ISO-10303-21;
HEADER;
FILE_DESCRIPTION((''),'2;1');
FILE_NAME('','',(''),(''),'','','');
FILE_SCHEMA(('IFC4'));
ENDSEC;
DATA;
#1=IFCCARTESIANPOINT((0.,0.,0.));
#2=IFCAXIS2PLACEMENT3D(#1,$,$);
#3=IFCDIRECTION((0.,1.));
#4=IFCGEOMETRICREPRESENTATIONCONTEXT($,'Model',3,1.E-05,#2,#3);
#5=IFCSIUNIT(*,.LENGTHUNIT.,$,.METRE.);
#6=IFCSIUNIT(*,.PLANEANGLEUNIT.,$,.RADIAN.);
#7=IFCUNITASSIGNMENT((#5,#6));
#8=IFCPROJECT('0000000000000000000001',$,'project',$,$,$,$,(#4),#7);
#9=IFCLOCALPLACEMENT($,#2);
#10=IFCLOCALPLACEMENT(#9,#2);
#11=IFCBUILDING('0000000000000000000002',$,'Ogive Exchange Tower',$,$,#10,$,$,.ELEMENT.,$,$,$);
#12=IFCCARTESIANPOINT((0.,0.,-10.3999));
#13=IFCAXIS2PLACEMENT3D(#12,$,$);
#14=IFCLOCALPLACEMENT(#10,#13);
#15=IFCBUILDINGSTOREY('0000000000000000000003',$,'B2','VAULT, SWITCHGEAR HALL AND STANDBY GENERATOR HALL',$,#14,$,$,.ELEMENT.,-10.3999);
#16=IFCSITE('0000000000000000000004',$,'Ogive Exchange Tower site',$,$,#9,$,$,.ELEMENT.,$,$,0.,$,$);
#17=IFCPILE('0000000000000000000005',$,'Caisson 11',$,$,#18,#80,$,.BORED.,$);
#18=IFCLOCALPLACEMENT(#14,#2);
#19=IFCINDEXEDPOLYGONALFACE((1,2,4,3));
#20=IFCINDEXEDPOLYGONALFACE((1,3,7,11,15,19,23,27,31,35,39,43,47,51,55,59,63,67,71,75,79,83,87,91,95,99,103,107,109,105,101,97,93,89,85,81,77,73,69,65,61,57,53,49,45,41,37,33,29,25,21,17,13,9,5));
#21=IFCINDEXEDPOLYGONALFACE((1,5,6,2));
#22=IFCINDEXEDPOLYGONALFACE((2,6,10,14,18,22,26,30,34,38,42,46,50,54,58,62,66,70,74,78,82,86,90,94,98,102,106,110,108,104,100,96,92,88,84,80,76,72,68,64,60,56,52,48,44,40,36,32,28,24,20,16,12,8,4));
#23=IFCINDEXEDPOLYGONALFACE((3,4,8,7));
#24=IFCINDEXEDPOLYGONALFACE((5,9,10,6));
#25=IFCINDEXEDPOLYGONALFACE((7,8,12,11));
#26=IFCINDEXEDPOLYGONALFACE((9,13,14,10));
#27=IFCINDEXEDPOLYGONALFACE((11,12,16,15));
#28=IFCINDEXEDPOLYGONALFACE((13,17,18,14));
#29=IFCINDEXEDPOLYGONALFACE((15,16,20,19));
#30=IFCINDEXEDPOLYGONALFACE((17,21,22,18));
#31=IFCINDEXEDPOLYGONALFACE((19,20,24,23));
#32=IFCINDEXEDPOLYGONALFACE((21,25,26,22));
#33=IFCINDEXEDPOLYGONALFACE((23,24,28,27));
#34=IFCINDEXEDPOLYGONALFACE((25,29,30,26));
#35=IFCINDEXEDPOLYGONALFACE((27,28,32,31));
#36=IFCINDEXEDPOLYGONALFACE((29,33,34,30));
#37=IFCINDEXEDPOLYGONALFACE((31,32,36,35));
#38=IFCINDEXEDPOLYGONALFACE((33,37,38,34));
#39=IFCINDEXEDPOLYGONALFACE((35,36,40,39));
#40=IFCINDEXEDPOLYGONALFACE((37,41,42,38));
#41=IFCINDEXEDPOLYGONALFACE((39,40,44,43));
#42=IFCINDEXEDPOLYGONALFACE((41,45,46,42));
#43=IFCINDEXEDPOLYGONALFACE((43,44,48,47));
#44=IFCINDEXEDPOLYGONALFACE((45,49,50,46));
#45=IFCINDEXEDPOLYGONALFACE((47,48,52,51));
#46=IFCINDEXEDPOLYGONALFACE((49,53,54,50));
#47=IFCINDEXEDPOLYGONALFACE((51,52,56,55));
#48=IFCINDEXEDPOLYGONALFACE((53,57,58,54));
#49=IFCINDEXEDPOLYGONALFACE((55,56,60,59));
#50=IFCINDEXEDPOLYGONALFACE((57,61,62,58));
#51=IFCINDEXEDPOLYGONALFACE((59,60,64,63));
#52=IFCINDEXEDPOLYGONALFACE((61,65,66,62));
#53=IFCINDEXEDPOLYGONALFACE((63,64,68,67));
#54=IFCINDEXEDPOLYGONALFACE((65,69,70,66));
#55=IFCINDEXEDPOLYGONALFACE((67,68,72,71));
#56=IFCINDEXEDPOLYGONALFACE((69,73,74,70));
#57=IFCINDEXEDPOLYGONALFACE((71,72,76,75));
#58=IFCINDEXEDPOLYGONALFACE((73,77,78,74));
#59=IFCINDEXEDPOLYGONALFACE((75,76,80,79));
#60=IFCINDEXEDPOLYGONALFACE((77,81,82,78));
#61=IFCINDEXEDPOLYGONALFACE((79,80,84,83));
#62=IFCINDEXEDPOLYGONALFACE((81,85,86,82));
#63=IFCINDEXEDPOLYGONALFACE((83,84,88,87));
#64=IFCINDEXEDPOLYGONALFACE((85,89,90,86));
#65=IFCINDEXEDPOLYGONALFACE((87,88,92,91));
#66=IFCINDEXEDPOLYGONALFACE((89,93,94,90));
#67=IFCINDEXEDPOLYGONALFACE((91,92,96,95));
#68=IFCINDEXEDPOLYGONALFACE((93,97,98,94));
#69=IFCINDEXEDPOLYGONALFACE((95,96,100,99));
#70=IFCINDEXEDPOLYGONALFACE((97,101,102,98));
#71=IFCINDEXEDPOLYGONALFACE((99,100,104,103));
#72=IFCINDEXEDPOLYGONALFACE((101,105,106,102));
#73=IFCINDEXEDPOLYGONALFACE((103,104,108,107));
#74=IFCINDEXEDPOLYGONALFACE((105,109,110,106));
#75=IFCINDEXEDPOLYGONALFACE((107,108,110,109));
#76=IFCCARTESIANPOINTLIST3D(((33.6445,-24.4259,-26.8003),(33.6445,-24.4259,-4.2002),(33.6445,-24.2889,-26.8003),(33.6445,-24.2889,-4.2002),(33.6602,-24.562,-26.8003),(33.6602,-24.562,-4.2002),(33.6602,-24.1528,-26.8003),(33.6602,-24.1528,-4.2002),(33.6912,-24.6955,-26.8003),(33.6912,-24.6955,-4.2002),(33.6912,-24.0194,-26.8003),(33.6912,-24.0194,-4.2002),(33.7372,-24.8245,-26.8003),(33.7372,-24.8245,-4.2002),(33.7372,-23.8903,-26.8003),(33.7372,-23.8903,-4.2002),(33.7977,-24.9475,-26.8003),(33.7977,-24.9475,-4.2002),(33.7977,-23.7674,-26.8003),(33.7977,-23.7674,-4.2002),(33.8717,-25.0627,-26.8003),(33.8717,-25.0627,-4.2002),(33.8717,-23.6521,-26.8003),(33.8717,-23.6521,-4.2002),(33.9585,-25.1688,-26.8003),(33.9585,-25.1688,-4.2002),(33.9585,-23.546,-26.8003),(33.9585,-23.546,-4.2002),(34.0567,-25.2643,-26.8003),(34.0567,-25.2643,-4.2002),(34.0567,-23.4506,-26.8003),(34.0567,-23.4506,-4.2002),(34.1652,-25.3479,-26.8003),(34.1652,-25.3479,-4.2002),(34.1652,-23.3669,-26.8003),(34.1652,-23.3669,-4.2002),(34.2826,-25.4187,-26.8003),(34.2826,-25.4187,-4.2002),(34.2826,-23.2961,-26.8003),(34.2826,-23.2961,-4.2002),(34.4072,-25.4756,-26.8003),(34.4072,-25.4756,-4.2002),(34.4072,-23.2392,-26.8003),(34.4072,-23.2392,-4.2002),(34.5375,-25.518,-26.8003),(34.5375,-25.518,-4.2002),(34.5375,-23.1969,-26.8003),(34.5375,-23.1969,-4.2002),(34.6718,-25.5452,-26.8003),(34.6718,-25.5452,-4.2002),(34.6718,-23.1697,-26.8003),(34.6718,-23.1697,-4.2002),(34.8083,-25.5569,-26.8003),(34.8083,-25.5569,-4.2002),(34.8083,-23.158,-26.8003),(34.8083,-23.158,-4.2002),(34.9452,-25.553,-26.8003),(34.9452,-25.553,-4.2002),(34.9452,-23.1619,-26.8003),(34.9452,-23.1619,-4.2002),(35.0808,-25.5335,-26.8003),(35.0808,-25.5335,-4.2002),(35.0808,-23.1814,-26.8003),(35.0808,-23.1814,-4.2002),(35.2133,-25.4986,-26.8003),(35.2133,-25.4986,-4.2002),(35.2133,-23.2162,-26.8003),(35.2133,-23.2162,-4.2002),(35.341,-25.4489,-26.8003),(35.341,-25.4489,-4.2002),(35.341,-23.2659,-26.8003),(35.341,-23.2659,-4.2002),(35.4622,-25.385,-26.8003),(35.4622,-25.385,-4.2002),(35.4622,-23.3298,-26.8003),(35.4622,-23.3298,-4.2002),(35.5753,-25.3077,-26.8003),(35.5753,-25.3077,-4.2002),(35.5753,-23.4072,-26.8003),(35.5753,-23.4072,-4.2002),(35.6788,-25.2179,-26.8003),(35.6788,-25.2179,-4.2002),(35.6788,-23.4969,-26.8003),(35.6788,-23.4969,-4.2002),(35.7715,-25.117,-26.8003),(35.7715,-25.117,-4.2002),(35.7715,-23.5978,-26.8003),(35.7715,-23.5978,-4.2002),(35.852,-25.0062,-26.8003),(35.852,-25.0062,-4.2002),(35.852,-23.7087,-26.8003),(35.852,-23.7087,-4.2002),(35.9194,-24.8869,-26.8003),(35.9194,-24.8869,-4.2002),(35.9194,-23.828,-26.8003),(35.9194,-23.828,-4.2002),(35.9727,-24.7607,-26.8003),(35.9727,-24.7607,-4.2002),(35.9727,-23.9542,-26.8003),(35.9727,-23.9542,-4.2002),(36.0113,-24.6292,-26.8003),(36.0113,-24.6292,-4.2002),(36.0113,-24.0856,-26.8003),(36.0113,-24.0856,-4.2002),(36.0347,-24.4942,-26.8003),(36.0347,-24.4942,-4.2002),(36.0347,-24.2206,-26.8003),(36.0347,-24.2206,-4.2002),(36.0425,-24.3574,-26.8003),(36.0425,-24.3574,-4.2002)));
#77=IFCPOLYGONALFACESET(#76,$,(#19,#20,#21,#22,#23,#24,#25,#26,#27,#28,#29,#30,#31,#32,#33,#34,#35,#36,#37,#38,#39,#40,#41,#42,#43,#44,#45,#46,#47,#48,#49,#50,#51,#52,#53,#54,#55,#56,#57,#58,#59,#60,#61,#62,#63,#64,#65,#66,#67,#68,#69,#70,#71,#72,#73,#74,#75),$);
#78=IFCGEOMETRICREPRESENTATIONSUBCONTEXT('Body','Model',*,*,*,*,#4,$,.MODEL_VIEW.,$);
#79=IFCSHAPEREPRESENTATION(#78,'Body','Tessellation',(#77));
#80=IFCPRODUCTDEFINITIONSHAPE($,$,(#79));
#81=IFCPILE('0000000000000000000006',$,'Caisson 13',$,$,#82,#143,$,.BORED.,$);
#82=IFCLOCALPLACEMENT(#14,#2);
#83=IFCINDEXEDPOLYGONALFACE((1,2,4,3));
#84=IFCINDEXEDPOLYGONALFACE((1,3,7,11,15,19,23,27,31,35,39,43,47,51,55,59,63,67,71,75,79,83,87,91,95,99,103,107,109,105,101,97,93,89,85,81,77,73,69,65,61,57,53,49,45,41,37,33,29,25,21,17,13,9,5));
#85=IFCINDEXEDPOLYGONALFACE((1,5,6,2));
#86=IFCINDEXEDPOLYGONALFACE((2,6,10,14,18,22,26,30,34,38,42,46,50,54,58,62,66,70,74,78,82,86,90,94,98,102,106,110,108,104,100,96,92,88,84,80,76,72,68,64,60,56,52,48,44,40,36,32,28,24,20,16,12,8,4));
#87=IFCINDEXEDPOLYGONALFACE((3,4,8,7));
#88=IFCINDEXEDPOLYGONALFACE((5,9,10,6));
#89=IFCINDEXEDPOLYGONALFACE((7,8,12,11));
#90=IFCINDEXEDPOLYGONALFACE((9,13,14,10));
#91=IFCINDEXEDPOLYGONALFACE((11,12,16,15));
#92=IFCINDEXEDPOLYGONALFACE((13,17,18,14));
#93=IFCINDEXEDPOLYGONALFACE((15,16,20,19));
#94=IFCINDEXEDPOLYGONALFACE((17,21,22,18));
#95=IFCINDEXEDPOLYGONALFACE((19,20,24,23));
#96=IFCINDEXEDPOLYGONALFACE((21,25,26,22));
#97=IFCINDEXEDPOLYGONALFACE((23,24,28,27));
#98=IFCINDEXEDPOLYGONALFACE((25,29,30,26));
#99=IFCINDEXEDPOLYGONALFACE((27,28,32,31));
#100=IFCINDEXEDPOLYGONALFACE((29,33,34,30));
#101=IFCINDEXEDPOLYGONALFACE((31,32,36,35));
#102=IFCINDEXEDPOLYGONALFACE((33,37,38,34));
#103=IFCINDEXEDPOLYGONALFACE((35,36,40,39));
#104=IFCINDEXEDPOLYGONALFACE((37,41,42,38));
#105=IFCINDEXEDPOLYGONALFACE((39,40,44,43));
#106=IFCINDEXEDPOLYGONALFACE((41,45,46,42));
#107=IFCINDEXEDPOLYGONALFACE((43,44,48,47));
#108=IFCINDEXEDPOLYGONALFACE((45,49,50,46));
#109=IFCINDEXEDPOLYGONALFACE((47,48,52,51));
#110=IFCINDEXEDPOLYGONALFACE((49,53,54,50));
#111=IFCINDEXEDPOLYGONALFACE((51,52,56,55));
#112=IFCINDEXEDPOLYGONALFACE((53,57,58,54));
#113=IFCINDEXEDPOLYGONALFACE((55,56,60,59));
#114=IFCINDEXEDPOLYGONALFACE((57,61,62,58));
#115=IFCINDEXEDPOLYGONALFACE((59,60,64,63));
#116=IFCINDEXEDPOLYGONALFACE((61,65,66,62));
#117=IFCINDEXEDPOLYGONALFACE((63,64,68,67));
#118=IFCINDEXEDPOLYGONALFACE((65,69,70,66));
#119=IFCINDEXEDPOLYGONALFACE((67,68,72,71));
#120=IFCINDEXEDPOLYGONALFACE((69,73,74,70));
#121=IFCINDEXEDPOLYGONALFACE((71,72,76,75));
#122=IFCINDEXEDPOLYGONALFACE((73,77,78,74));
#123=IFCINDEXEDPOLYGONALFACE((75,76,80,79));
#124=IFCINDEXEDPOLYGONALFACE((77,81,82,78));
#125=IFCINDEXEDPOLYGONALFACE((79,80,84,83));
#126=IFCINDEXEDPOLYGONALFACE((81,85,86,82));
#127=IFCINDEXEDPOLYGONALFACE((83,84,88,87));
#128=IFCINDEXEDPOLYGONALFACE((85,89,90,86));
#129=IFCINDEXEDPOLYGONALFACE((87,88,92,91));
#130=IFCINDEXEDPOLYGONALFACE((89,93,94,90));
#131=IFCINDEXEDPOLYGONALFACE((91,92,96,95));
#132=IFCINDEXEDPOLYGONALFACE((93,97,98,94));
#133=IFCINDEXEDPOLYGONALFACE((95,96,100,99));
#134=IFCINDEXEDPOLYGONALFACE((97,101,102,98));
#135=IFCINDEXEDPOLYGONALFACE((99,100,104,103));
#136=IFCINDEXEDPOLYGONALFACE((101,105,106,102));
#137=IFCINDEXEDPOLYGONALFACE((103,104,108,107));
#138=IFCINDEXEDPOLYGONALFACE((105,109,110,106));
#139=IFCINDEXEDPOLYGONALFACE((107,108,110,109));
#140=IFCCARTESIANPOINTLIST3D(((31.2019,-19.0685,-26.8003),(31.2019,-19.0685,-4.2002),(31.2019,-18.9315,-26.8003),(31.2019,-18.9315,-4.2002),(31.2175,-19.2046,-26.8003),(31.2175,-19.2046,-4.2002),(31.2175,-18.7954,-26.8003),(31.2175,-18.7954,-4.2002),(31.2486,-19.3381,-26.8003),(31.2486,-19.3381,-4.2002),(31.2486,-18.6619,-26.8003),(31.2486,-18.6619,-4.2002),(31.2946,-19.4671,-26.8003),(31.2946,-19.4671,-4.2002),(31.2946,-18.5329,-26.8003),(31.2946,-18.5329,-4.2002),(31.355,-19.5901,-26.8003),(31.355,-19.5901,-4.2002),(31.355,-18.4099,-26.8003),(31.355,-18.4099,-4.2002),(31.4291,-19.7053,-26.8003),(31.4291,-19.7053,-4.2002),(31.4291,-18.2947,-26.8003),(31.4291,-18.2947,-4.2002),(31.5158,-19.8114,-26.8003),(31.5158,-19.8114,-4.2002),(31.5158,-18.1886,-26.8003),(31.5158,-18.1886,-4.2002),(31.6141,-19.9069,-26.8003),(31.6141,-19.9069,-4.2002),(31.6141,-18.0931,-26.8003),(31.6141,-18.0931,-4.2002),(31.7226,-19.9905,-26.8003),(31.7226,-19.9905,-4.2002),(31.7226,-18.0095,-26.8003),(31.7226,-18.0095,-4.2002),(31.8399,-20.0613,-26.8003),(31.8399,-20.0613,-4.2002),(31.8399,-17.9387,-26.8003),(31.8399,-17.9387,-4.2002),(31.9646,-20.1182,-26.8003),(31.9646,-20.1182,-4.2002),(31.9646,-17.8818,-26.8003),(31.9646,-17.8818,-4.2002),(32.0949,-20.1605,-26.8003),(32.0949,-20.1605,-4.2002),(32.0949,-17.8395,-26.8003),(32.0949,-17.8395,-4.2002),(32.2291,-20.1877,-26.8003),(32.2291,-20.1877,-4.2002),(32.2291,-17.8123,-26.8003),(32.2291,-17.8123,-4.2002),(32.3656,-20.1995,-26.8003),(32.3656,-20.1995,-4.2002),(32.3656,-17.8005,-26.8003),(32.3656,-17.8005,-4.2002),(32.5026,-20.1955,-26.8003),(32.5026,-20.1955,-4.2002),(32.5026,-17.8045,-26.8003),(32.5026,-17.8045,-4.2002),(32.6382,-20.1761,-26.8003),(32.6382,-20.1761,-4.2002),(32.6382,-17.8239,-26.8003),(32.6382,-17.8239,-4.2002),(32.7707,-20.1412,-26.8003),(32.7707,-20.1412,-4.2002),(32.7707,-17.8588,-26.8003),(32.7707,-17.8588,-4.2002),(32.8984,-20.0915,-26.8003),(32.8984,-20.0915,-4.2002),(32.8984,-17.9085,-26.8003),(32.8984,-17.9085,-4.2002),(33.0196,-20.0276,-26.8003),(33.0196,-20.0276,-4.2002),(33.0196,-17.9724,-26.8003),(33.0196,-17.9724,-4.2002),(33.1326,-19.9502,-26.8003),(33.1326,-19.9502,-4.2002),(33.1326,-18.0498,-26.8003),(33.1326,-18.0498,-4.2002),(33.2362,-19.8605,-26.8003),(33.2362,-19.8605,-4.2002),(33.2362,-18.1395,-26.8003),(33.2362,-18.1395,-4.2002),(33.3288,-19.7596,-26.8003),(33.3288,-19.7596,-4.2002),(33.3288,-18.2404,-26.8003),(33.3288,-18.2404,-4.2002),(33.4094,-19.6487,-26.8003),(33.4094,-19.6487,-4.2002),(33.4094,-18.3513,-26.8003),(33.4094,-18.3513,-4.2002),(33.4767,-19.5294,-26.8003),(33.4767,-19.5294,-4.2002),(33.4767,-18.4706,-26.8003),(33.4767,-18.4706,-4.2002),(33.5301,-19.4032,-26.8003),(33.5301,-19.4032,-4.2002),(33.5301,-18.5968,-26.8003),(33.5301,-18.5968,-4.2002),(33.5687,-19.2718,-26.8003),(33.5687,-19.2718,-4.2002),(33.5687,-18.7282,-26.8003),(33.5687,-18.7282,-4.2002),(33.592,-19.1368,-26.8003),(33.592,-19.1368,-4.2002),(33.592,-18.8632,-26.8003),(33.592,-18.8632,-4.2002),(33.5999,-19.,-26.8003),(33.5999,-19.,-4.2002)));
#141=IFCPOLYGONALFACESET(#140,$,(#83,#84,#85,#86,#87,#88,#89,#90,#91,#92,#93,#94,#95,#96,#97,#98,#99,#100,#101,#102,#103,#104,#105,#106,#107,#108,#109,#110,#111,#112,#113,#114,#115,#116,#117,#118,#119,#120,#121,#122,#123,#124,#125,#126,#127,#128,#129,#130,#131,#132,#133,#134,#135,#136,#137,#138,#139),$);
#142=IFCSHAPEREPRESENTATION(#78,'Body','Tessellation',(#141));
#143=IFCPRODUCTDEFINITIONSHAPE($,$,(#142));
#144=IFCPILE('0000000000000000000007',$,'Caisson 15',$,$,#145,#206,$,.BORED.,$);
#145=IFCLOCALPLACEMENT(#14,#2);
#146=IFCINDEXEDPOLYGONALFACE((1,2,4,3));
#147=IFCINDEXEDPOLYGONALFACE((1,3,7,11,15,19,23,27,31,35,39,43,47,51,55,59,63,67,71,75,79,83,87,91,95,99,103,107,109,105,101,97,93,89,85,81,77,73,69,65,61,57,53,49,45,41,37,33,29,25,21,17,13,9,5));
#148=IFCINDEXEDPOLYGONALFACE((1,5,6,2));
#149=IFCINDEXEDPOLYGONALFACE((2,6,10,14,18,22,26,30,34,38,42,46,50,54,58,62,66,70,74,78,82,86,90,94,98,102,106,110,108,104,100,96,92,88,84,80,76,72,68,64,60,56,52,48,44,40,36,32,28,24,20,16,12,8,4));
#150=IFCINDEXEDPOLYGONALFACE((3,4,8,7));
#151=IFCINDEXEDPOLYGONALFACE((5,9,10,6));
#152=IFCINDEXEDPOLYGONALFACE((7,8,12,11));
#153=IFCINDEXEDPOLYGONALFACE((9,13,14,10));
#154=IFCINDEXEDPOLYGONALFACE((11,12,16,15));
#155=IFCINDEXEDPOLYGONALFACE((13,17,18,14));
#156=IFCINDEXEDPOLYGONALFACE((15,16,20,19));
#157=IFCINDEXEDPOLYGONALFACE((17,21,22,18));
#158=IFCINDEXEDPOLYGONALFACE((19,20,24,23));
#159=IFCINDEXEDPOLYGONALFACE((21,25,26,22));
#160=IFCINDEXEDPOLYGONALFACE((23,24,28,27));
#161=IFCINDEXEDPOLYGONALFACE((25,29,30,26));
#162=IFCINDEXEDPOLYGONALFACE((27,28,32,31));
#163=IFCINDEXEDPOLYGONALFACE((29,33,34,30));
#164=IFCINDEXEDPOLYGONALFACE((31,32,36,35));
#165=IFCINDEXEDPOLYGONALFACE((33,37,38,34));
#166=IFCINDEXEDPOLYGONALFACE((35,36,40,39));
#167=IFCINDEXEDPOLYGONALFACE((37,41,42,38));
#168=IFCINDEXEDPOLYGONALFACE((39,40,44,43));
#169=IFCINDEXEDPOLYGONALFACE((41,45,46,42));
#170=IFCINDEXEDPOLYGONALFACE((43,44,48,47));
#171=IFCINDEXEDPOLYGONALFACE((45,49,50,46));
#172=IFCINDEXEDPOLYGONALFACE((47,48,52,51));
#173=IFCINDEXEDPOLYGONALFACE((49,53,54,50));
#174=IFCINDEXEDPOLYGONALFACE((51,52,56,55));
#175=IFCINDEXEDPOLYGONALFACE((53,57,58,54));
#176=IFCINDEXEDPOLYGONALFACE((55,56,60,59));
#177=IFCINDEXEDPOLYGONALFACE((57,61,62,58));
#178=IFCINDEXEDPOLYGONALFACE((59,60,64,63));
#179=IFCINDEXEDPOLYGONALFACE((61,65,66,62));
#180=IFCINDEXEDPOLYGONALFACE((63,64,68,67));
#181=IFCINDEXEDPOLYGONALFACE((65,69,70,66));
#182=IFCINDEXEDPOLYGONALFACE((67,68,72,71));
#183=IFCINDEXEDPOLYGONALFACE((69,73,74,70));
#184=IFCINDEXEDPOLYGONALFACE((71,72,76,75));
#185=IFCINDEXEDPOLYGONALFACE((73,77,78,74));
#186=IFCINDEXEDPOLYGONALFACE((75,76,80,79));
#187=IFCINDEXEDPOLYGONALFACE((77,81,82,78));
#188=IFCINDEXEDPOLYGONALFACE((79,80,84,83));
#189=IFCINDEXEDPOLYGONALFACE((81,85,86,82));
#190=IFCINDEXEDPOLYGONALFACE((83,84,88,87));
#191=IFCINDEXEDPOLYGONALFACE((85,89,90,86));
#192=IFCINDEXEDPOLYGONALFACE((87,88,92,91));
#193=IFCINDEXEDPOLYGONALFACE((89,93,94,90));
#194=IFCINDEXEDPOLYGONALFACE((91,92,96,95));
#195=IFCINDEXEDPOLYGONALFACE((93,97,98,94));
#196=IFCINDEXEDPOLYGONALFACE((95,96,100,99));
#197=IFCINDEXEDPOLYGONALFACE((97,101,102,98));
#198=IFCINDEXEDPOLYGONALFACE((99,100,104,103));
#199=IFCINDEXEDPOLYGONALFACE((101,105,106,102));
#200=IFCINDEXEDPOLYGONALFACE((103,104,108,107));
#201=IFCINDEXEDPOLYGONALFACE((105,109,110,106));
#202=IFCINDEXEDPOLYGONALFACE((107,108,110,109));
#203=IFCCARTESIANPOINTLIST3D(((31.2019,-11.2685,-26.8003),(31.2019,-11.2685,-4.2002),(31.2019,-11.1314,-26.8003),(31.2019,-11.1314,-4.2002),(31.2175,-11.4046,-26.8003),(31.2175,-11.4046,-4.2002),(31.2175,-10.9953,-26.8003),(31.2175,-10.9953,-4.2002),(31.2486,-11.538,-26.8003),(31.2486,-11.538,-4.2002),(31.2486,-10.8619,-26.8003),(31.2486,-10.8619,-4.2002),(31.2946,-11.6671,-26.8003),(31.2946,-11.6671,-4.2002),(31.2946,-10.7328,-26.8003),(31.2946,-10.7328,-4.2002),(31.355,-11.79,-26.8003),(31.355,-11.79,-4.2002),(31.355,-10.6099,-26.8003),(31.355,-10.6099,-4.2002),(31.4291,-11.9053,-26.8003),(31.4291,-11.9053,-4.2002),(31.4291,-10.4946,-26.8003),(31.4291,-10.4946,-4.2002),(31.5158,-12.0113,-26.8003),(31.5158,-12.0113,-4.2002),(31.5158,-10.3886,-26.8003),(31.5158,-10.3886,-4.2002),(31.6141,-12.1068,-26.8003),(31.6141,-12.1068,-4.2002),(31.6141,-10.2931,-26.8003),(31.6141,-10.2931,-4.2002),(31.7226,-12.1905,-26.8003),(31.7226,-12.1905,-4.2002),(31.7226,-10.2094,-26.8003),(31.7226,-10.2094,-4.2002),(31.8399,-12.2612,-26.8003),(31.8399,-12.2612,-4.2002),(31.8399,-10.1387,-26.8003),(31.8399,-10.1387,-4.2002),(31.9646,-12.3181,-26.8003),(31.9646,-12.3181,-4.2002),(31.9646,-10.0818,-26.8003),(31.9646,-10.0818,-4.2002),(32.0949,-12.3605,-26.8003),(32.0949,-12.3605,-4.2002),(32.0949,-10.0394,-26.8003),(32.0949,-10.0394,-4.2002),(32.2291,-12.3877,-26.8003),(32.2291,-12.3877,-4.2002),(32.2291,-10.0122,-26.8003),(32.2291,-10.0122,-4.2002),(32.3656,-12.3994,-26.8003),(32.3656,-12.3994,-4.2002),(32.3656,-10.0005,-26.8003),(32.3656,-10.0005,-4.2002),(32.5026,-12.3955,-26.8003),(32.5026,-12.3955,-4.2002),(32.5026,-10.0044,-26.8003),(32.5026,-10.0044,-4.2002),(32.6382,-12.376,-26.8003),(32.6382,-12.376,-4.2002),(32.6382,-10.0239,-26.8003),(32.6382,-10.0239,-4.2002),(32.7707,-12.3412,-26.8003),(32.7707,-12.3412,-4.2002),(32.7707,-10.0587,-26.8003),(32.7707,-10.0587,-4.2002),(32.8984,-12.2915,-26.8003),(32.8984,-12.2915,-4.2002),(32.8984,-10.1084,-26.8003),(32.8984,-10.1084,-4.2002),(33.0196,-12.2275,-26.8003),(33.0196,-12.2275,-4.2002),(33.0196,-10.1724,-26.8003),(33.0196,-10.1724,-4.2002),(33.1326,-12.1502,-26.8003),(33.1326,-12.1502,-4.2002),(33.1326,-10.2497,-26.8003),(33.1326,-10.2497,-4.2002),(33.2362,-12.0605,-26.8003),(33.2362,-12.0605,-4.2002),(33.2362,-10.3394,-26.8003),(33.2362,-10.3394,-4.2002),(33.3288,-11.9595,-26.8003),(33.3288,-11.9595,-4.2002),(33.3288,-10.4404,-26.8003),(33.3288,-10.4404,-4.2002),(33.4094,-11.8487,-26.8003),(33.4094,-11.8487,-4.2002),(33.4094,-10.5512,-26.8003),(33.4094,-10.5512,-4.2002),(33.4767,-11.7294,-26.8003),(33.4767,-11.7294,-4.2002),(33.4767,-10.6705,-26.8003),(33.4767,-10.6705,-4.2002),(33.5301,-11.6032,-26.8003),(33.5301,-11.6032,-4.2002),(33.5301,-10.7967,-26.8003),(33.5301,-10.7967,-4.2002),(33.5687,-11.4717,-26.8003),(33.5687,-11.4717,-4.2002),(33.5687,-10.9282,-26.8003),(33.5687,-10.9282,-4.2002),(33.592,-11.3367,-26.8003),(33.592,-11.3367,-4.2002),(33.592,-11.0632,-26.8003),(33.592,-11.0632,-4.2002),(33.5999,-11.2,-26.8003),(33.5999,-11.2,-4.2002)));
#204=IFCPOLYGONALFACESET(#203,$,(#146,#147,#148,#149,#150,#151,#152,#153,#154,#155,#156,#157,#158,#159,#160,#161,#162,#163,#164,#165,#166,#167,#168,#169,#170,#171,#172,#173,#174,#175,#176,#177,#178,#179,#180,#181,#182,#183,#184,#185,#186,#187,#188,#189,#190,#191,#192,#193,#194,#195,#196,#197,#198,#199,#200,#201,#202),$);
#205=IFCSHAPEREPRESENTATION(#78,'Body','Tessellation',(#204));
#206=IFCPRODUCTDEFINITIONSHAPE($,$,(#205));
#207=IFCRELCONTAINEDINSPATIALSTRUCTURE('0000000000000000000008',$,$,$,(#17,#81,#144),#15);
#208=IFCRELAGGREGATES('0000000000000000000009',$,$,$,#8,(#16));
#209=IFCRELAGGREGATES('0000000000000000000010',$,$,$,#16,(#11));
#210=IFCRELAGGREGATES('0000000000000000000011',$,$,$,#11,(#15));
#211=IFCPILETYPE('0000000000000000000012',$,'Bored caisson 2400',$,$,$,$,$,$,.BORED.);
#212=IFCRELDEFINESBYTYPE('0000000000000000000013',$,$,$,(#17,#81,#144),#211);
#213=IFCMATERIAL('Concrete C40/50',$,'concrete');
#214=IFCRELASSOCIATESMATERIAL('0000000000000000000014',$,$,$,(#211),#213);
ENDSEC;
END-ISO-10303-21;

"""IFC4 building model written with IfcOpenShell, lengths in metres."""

from ifc_helpers import new_model, si_unit, direction, frame, origin, origin_2d, place, context, subcontext, project, spatial, circle, extrude, material, material_profile, profile_set, type_object, element, save


model = new_model("IFC4")

# Units and contexts
model_context = context("Model", 3, precision=1e-05, world=origin(), true_north=direction((0.0, 1.0)))
body_context = subcontext(model_context, "Body", "Model", "MODEL_VIEW")
ifc_project = project(units=[si_unit("LENGTHUNIT", "METRE"), si_unit("PLANEANGLEUNIT", "RADIAN")], contexts=[model_context])

# Site, building, storey
site_placement = place(None, origin())
site = spatial("IfcSite", under=ifc_project, at=site_placement, Name="Ogive Exchange Tower site", CompositionType="ELEMENT", RefElevation=0.0)
building_placement = place(site_placement, origin())
building = spatial("IfcBuilding", under=site, at=building_placement, Name="Ogive Exchange Tower", CompositionType="ELEMENT")
storey_placement = place(building_placement, frame((0.0, 0.0, -10.3999)))
storey = spatial("IfcBuildingStorey", under=building, at=storey_placement, Name="B2", Description="VAULT, SWITCHGEAR HALL AND STANDBY GENERATOR HALL", CompositionType="ELEMENT", Elevation=-10.3999)

# Piles
ifc_material_1 = material(Name="Concrete C40/50", Category="concrete")
ifc_material_profile_1 = material_profile(ifc_material_1, circle(Radius=1.2, at=origin_2d()), Name="RC caisson 2400")
ifc_profile_set_1 = profile_set([ifc_material_profile_1], Name="Concrete C40/50")
pile_type = type_object("IfcPileType", Name="Bored caisson 2400", PredefinedType="BORED", material=ifc_profile_set_1)
for number, where, z_axis, x_axis, name in (
    (1, (34.8425, -24.3574, -4.2002), (0.0, 0.0, -1.0), (1.0, 0.0, 0.0), "Caisson 11"),
    (2, (32.3999, -19.0, -4.2002), (0.0, 0.0, -1.0), (1.0, 0.0, 0.0), "Caisson 13"),
    (3, (32.3999, -11.2, -4.2002), (0.0, 0.0, -1.0), (1.0, 0.0, 0.0), "Caisson 15"),
):
    element("IfcPile", number, at=place(storey_placement, frame(where, z_axis=z_axis, x_axis=x_axis)), inside=storey, type_object=pile_type, Name=name, PredefinedType="BORED", context=body_context, shape_type="SweptSolid", body=[
        extrude(circle(Radius=1.2, at=origin_2d()), origin(), (0.0, 0.0, 1.0), 22.6001),
    ])

save(model, "model.ifc")
